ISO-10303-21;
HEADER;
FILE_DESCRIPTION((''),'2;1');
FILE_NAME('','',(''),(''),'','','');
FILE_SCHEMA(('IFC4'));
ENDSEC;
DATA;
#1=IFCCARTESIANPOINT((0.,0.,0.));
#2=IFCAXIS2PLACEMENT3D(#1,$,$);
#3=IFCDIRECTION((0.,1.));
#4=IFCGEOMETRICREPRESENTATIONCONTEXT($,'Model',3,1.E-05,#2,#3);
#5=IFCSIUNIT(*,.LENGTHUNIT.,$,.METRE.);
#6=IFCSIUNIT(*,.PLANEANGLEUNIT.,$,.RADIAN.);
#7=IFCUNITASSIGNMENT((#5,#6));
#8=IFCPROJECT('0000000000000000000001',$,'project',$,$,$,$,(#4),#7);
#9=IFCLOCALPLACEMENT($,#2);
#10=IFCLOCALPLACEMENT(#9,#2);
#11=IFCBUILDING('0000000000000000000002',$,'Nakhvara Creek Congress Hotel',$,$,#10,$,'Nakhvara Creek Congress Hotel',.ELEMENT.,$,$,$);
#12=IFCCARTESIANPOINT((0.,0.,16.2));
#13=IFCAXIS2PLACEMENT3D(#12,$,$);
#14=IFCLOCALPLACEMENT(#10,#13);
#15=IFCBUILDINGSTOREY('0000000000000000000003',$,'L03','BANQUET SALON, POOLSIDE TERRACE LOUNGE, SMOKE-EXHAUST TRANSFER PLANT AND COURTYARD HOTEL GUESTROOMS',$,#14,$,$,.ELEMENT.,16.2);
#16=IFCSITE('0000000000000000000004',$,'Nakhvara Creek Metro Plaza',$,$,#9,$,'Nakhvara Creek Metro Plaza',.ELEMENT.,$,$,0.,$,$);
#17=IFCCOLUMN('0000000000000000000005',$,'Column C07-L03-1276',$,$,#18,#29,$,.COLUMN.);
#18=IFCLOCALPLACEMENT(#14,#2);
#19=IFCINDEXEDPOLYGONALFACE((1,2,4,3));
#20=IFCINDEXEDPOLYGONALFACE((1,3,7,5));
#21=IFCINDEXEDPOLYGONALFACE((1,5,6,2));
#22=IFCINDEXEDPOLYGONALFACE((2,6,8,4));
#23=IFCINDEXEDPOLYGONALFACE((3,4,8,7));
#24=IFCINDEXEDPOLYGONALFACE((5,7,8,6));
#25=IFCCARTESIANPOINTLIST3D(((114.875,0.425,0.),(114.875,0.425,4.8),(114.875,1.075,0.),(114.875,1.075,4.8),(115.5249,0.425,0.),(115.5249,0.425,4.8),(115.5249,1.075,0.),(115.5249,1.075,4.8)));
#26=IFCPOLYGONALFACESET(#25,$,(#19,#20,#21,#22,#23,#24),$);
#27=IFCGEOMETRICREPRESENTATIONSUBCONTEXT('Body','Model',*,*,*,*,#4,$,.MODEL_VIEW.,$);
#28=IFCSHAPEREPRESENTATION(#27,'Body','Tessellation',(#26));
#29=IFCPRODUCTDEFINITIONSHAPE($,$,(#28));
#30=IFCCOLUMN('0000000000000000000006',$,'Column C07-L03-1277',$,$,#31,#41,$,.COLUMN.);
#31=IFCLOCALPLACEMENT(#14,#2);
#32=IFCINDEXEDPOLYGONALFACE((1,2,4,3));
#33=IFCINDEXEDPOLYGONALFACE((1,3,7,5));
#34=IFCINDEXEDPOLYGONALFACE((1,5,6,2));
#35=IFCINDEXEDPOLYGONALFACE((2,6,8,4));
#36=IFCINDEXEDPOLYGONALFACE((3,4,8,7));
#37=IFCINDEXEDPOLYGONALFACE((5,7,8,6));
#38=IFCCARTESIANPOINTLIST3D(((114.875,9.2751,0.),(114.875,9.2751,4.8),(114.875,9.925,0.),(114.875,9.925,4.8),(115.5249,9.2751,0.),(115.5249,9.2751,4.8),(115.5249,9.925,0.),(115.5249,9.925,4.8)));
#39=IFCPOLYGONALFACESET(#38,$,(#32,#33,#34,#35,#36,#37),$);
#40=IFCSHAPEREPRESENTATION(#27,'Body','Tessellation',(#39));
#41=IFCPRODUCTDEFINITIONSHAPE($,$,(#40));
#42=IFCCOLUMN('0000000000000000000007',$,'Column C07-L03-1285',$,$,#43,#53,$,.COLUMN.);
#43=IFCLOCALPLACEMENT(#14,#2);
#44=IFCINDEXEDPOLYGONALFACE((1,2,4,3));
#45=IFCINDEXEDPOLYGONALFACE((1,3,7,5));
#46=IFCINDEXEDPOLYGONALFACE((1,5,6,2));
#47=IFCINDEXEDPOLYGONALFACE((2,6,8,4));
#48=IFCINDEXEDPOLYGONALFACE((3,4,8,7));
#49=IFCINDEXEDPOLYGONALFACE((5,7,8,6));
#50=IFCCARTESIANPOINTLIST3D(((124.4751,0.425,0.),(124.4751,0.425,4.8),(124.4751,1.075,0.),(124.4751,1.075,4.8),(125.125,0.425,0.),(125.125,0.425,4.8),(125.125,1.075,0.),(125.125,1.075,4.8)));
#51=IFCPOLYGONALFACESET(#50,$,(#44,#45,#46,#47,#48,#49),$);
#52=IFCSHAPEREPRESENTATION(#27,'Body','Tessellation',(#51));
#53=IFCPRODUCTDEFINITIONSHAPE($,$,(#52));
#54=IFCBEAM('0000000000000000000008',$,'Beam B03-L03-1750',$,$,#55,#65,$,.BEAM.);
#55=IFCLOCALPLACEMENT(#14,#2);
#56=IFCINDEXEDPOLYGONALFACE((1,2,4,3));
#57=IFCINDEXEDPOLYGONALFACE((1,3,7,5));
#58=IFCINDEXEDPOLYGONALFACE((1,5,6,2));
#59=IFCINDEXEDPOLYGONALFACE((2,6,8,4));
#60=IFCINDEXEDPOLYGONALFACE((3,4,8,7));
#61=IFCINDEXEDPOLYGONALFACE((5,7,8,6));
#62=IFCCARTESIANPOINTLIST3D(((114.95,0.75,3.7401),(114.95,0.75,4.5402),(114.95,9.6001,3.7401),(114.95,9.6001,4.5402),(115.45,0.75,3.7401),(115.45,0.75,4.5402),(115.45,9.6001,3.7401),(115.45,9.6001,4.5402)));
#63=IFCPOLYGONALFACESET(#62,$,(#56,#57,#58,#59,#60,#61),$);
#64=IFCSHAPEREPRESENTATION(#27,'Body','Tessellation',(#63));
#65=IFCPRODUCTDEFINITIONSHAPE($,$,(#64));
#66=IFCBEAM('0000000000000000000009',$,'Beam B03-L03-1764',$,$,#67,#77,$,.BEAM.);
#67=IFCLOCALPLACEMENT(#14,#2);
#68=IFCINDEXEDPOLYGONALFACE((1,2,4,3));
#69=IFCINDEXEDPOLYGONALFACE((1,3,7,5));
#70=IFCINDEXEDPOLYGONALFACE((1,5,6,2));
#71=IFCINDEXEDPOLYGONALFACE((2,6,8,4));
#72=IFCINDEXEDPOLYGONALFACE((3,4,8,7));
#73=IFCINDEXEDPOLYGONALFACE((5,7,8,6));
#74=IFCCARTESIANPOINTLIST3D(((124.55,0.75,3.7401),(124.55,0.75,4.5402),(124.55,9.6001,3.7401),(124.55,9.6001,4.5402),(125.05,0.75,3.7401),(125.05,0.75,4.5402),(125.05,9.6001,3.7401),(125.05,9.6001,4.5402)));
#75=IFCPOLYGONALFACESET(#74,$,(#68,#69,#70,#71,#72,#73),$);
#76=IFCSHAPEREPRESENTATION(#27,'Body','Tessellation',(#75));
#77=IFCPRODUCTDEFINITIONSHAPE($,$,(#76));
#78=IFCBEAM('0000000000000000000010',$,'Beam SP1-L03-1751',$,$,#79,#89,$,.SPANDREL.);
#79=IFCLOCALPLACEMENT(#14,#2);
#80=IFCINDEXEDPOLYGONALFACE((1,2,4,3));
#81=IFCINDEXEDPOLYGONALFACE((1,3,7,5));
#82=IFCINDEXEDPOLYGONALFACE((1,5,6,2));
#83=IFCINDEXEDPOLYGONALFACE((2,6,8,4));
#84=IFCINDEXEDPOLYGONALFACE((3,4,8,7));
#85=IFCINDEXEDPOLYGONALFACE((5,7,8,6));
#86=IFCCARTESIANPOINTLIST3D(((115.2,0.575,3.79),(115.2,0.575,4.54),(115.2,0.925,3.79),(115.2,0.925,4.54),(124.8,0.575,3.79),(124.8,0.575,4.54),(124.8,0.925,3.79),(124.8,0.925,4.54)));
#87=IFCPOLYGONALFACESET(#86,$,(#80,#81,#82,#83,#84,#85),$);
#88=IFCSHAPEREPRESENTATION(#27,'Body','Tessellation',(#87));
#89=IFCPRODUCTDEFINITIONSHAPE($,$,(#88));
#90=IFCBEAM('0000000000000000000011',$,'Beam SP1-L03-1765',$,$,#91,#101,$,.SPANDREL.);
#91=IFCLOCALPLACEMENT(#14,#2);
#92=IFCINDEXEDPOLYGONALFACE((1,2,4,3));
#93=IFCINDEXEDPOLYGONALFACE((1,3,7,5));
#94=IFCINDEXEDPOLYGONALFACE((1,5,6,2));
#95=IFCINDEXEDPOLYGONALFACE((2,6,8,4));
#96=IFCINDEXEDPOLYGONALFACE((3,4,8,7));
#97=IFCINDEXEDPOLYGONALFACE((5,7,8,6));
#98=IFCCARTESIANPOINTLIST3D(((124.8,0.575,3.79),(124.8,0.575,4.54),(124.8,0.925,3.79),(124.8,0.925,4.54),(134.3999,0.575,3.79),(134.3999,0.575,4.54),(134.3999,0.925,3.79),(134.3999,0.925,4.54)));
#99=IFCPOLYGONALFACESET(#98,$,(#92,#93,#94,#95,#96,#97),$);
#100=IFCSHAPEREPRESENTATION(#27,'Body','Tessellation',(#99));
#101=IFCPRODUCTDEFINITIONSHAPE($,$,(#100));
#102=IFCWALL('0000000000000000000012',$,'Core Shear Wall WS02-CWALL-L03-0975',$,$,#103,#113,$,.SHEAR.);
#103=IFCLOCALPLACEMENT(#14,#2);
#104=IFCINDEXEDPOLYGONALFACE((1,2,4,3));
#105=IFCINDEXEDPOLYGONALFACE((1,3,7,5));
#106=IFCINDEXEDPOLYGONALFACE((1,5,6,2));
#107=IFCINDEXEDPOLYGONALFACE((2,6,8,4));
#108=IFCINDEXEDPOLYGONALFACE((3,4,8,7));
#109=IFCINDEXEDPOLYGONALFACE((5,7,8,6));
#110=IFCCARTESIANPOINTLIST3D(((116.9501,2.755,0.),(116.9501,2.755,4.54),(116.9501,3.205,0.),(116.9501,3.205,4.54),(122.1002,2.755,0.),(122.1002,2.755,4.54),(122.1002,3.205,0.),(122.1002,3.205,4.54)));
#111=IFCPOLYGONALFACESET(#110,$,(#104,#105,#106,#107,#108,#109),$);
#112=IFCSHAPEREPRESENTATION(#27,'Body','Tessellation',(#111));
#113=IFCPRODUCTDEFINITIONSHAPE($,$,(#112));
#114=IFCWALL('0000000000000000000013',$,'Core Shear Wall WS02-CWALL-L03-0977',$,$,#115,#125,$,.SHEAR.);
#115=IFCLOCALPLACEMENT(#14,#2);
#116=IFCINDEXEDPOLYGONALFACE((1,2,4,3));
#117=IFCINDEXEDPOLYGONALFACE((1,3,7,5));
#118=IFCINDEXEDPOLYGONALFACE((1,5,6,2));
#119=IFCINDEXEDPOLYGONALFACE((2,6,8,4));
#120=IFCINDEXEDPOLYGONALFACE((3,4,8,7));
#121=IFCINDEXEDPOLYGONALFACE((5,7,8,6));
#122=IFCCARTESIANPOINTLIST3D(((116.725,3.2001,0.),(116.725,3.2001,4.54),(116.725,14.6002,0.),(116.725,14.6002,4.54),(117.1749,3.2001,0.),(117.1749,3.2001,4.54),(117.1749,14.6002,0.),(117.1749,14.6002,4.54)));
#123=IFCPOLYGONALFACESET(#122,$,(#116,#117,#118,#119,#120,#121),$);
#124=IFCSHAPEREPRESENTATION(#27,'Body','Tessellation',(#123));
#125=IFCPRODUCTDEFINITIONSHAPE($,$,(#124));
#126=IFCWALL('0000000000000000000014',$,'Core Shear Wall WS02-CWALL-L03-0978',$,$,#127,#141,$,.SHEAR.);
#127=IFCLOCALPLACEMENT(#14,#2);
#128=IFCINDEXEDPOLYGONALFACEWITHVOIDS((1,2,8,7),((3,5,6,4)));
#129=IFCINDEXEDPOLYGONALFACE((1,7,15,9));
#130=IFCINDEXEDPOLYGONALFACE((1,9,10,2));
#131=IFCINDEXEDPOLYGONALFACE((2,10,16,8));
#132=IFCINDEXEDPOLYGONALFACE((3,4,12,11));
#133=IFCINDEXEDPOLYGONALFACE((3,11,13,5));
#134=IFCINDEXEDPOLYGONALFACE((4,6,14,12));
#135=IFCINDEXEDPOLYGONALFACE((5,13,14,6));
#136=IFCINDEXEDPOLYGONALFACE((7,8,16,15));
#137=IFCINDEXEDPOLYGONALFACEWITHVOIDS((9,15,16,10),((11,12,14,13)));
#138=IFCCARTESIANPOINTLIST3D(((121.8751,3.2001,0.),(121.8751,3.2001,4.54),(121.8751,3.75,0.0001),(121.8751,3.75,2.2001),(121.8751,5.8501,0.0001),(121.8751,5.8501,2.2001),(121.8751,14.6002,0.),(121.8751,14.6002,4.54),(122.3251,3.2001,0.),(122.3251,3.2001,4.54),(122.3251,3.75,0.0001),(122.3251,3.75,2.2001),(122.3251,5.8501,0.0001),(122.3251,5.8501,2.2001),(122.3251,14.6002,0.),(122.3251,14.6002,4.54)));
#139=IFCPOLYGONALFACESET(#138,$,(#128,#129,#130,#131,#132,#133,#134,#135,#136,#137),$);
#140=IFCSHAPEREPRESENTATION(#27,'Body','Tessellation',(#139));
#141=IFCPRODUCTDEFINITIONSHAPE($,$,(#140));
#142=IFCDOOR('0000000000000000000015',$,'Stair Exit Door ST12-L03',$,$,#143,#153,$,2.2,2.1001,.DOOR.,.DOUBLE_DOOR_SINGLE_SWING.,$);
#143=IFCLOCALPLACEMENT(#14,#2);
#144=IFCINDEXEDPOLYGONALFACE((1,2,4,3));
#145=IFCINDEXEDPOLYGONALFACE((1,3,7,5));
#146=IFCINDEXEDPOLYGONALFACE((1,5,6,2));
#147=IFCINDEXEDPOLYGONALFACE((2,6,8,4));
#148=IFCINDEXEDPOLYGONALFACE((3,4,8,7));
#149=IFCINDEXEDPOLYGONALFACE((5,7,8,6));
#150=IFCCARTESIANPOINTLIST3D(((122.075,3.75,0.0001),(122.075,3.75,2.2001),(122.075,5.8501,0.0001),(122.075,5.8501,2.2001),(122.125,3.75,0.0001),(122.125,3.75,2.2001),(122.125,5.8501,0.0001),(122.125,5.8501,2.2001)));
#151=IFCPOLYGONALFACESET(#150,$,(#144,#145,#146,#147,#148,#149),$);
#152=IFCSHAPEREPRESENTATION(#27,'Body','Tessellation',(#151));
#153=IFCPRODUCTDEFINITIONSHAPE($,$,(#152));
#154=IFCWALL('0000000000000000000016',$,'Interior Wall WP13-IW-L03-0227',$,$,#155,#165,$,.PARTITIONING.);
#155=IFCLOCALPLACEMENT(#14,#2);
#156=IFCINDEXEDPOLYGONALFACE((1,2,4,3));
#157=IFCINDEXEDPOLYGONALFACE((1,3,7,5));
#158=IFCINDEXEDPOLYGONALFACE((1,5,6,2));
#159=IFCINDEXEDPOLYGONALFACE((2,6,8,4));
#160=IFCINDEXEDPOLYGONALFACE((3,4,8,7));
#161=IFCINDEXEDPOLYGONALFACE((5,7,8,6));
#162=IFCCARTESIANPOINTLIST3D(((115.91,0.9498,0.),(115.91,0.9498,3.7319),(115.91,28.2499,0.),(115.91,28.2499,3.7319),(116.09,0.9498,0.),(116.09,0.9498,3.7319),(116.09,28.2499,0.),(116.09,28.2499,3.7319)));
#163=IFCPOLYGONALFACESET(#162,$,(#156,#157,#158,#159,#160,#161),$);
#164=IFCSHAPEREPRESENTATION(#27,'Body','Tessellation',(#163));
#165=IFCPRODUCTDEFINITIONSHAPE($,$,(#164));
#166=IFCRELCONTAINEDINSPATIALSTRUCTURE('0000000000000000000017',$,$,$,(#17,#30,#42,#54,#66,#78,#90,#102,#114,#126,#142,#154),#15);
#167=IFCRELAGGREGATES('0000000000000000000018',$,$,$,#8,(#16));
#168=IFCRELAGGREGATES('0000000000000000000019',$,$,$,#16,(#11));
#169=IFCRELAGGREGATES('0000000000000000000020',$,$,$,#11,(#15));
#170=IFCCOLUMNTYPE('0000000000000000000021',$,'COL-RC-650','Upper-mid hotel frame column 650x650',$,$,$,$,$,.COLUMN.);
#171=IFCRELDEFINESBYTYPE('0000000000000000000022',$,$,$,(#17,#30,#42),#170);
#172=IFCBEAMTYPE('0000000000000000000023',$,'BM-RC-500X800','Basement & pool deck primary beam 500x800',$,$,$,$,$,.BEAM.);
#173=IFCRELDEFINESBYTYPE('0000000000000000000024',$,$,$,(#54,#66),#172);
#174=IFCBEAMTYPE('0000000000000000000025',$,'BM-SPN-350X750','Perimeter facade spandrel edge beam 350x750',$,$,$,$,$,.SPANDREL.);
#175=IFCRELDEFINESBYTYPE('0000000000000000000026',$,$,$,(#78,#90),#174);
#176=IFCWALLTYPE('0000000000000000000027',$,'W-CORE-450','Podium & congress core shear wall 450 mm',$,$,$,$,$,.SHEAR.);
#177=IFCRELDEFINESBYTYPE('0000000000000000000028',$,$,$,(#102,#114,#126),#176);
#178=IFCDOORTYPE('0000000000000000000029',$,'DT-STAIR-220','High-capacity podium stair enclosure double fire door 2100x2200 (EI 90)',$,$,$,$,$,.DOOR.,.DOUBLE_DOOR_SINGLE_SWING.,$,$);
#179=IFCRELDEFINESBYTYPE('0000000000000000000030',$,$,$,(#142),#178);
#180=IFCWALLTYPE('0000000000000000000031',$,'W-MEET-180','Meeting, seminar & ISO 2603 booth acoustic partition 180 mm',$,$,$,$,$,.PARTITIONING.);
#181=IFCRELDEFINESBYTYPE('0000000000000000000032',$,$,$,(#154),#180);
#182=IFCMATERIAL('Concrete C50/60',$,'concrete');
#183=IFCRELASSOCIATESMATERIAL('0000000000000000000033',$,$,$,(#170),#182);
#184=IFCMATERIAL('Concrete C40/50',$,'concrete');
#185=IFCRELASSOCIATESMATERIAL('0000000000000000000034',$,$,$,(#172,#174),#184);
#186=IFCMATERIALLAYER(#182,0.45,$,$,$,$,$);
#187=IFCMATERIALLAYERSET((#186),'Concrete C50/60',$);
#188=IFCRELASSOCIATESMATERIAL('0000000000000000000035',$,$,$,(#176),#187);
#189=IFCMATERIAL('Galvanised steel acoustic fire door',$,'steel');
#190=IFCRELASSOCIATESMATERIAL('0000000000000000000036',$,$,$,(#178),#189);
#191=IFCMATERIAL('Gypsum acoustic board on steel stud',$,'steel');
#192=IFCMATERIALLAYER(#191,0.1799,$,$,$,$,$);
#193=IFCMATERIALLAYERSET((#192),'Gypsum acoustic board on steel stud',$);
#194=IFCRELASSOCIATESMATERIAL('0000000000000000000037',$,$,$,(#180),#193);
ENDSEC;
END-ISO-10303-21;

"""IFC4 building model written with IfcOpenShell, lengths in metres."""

from ifc_helpers import new_model, si_unit, direction, frame, frame_2d, origin, origin_2d, place, context, subcontext, project, spatial, rectangle, extrude, material, layer, layer_set, material_profile, profile_set, type_object, element, fill, save


model = new_model("IFC4")

# Units and contexts
model_context = context("Model", 3, precision=1e-05, world=origin(), true_north=direction((0.0, 1.0)))
body_context = subcontext(model_context, "Body", "Model", "MODEL_VIEW")
ifc_project = project(units=[si_unit("LENGTHUNIT", "METRE"), si_unit("PLANEANGLEUNIT", "RADIAN")], contexts=[model_context])

# Site, building, storey
site_placement = place(None, origin())
site = spatial("IfcSite", under=ifc_project, at=site_placement, Name="Nakhvara Creek Metro Plaza", LongName="Nakhvara Creek Metro Plaza", CompositionType="ELEMENT", RefElevation=0.0)
building_placement = place(site_placement, origin())
building = spatial("IfcBuilding", under=site, at=building_placement, Name="Nakhvara Creek Congress Hotel", LongName="Nakhvara Creek Congress Hotel", CompositionType="ELEMENT")
storey_placement = place(building_placement, frame((0.0, 0.0, 16.2)))
storey = spatial("IfcBuildingStorey", under=building, at=storey_placement, Name="L03", Description="BANQUET SALON, POOLSIDE TERRACE LOUNGE, SMOKE-EXHAUST TRANSFER PLANT AND COURTYARD HOTEL GUESTROOMS", CompositionType="ELEMENT", Elevation=16.2)

# Columns
ifc_material_1 = material(Name="Concrete C50/60", Category="concrete")
ifc_material_profile_1 = material_profile(ifc_material_1, rectangle(XDim=0.6499, YDim=0.6499, at=origin_2d()), Name="RC-COL 650x650", Category="LoadBearing")
ifc_profile_set_1 = profile_set([ifc_material_profile_1], Name="Concrete C50/60")
column_type = type_object("IfcColumnType", Name="COL-RC-650", Description="Upper-mid hotel frame column 650x650", PredefinedType="COLUMN", material=ifc_profile_set_1)
for number, where, z_axis, x_axis, name in (
    (1, (115.2, 0.75, 0.0), (0.0, 0.0, 1.0), (1.0, 0.0, 0.0), "Column C07-L03-1276"),
    (2, (115.2, 9.6001, 0.0), (0.0, 0.0, 1.0), (1.0, 0.0, 0.0), "Column C07-L03-1277"),
    (3, (124.8, 0.75, 0.0), (0.0, 0.0, 1.0), (1.0, 0.0, 0.0), "Column C07-L03-1285"),
):
    element("IfcColumn", number, at=place(storey_placement, frame(where, z_axis=z_axis, x_axis=x_axis)), inside=storey, type_object=column_type, Name=name, PredefinedType="COLUMN", context=body_context, shape_type="SweptSolid", body=[
        extrude(rectangle(XDim=0.6499, YDim=0.6499, at=origin_2d()), origin(), (0.0, 0.0, 1.0), 4.8),
    ])

# Beams
ifc_material_2 = material(Name="Concrete C40/50", Category="concrete")
ifc_material_profile_2 = material_profile(ifc_material_2, rectangle(XDim=0.5, YDim=0.8, at=origin_2d()), Name="RC-BM 500x800", Category="LoadBearing")
ifc_profile_set_2 = profile_set([ifc_material_profile_2], Name="Concrete C40/50")
beam_type_1 = type_object("IfcBeamType", Name="BM-RC-500X800", Description="Basement & pool deck primary beam 500x800", PredefinedType="BEAM", material=ifc_profile_set_2)
for number, where, z_axis, x_axis, name in (
    (4, (115.2, 0.75, 4.1401), (0.0, 1.0, 0.0), (-1.0, 0.0, 0.0), "Beam B03-L03-1750"),
    (5, (124.8, 0.75, 4.1401), (0.0, 1.0, 0.0), (-1.0, 0.0, 0.0), "Beam B03-L03-1764"),
):
    element("IfcBeam", number, at=place(storey_placement, frame(where, z_axis=z_axis, x_axis=x_axis)), inside=storey, type_object=beam_type_1, Name=name, PredefinedType="BEAM", context=body_context, shape_type="SweptSolid", body=[
        extrude(rectangle(XDim=0.5, YDim=0.8, at=origin_2d()), origin(), (0.0, 0.0, 1.0), 8.8501),
    ])
ifc_material_profile_3 = material_profile(ifc_material_2, rectangle(XDim=0.3501, YDim=0.75, at=origin_2d()), Name="RC-SPANDREL 350x750", Category="LoadBearing")
ifc_profile_set_3 = profile_set([ifc_material_profile_3], Name="Concrete C40/50")
beam_type_2 = type_object("IfcBeamType", Name="BM-SPN-350X750", Description="Perimeter facade spandrel edge beam 350x750", PredefinedType="SPANDREL", material=ifc_profile_set_3)
beam_1_placement = place(storey_placement, frame((115.2, 0.75, 4.165), z_axis=(1.0, 0.0, 0.0), x_axis=(0.0, 1.0, 0.0)))
element("IfcBeam", 6, at=beam_1_placement, inside=storey, type_object=beam_type_2, Name="Beam SP1-L03-1751", PredefinedType="SPANDREL", context=body_context, shape_type="SweptSolid", body=[
    extrude(rectangle(XDim=0.3501, YDim=0.75, at=origin_2d()), origin(), (0.0, 0.0, 1.0), 9.6001),
])
beam_2_placement = place(storey_placement, frame((124.8, 0.75, 4.165), z_axis=(1.0, 0.0, 0.0), x_axis=(0.0, 1.0, 0.0)))
element("IfcBeam", 7, at=beam_2_placement, inside=storey, type_object=beam_type_2, Name="Beam SP1-L03-1765", PredefinedType="SPANDREL", context=body_context, shape_type="SweptSolid", body=[
    extrude(rectangle(XDim=0.3501, YDim=0.75, at=origin_2d()), origin(), (0.0, 0.0, 1.0), 9.5999),
])

# Walls
ifc_layer_1 = layer(ifc_material_1, 0.45)
ifc_layer_set_1 = layer_set([ifc_layer_1], Name="Concrete C50/60")
wall_type_1 = type_object("IfcWallType", Name="W-CORE-450", Description="Podium & congress core shear wall 450 mm", PredefinedType="SHEAR", material=ifc_layer_set_1)
wall_1_placement = place(storey_placement, frame((116.95, 2.98, 0.0), z_axis=(0.0, 0.0, 1.0), x_axis=(1.0, 0.0, 0.0)))
element("IfcWall", 8, at=wall_1_placement, inside=storey, type_object=wall_type_1, Name="Core Shear Wall WS02-CWALL-L03-0975", PredefinedType="SHEAR", context=body_context, shape_type="SweptSolid", body=[
    extrude(rectangle(XDim=5.1501, YDim=0.45, at=frame_2d((2.5752, 0.0))), origin(), (0.0, 0.0, 1.0), 4.54),
])
wall_2_placement = place(storey_placement, frame((116.95, 3.2, 0.0), z_axis=(0.0, 0.0, 1.0), x_axis=(0.0, 1.0, 0.0)))
element("IfcWall", 9, at=wall_2_placement, inside=storey, type_object=wall_type_1, Name="Core Shear Wall WS02-CWALL-L03-0977", PredefinedType="SHEAR", context=body_context, shape_type="SweptSolid", body=[
    extrude(rectangle(XDim=11.4001, YDim=0.45, at=frame_2d((5.7002, 0.0))), origin(), (0.0, 0.0, 1.0), 4.54),
])

# Wall, opening, door
wall_3_placement = place(storey_placement, frame((122.1001, 3.2, 0.0), z_axis=(0.0, 0.0, 1.0), x_axis=(0.0, 1.0, 0.0)))
wall_3 = element("IfcWall", 10, at=wall_3_placement, inside=storey, type_object=wall_type_1, Name="Core Shear Wall WS02-CWALL-L03-0978", PredefinedType="SHEAR", context=body_context, shape_type="SweptSolid", body=[
    extrude(rectangle(XDim=11.4001, YDim=0.45, at=frame_2d((5.7002, 0.0))), origin(), (0.0, 0.0, 1.0), 4.54),
])
opening_placement = place(wall_3_placement, frame((0.55, 0.0, 0.0)))
opening = element("IfcOpeningElement", 11, at=opening_placement, cuts=wall_3, PredefinedType="OPENING", context=body_context, shape_type="SweptSolid", body=[
    extrude(rectangle(XDim=2.1001, YDim=2.2, at=frame_2d((1.05, 1.1001))), frame((0.0, 0.2368, 0.0), z_axis=(0.0, -1.0, 0.0), x_axis=(1.0, 0.0, 0.0)), (0.0, 0.0, 1.0), 0.4739),
])
ifc_material_3 = material(Name="Galvanised steel acoustic fire door", Category="steel")
door_type = type_object("IfcDoorType", Name="DT-STAIR-220", Description="High-capacity podium stair enclosure double fire door 2100x2200 (EI 90)", OperationType="DOUBLE_DOOR_SINGLE_SWING", PredefinedType="DOOR", material=ifc_material_3)
door_placement = place(opening_placement, frame((2.1001, 0.0, 0.0), z_axis=(0.0, 0.0, 1.0), x_axis=(-1.0, 0.0, 0.0)))
door = element("IfcDoor", 12, at=door_placement, inside=storey, type_object=door_type, Name="Stair Exit Door ST12-L03", OperationType="DOUBLE_DOOR_SINGLE_SWING", OverallHeight=2.2, OverallWidth=2.1001, PredefinedType="DOOR", context=body_context, shape_type="SweptSolid", body=[
    extrude(rectangle(XDim=2.1001, YDim=2.2, at=frame_2d((1.05, 1.1001))), frame((0.0, 0.0249, 0.0), z_axis=(0.0, -1.0, 0.0), x_axis=(1.0, 0.0, 0.0)), (0.0, 0.0, 1.0), 0.05),
])
fill(opening, door)

# Wall
ifc_material_4 = material(Name="Gypsum acoustic board on steel stud", Category="steel")
ifc_layer_2 = layer(ifc_material_4, 0.1799)
ifc_layer_set_2 = layer_set([ifc_layer_2], Name="Gypsum acoustic board on steel stud")
wall_type_2 = type_object("IfcWallType", Name="W-MEET-180", Description="Meeting, seminar & ISO 2603 booth acoustic partition 180 mm", PredefinedType="PARTITIONING", material=ifc_layer_set_2)
wall_4_placement = place(storey_placement, frame((116.0, 0.95, 0.0), z_axis=(0.0, 0.0, 1.0), x_axis=(0.0, 1.0, 0.0)))
element("IfcWall", 13, at=wall_4_placement, inside=storey, type_object=wall_type_2, Name="Interior Wall WP13-IW-L03-0227", PredefinedType="PARTITIONING", context=body_context, shape_type="SweptSolid", body=[
    extrude(rectangle(XDim=27.3, YDim=0.1799, at=frame_2d((13.6499, 0.0))), origin(), (0.0, 0.0, 1.0), 3.7319),
])

save(model, "model.ifc")
